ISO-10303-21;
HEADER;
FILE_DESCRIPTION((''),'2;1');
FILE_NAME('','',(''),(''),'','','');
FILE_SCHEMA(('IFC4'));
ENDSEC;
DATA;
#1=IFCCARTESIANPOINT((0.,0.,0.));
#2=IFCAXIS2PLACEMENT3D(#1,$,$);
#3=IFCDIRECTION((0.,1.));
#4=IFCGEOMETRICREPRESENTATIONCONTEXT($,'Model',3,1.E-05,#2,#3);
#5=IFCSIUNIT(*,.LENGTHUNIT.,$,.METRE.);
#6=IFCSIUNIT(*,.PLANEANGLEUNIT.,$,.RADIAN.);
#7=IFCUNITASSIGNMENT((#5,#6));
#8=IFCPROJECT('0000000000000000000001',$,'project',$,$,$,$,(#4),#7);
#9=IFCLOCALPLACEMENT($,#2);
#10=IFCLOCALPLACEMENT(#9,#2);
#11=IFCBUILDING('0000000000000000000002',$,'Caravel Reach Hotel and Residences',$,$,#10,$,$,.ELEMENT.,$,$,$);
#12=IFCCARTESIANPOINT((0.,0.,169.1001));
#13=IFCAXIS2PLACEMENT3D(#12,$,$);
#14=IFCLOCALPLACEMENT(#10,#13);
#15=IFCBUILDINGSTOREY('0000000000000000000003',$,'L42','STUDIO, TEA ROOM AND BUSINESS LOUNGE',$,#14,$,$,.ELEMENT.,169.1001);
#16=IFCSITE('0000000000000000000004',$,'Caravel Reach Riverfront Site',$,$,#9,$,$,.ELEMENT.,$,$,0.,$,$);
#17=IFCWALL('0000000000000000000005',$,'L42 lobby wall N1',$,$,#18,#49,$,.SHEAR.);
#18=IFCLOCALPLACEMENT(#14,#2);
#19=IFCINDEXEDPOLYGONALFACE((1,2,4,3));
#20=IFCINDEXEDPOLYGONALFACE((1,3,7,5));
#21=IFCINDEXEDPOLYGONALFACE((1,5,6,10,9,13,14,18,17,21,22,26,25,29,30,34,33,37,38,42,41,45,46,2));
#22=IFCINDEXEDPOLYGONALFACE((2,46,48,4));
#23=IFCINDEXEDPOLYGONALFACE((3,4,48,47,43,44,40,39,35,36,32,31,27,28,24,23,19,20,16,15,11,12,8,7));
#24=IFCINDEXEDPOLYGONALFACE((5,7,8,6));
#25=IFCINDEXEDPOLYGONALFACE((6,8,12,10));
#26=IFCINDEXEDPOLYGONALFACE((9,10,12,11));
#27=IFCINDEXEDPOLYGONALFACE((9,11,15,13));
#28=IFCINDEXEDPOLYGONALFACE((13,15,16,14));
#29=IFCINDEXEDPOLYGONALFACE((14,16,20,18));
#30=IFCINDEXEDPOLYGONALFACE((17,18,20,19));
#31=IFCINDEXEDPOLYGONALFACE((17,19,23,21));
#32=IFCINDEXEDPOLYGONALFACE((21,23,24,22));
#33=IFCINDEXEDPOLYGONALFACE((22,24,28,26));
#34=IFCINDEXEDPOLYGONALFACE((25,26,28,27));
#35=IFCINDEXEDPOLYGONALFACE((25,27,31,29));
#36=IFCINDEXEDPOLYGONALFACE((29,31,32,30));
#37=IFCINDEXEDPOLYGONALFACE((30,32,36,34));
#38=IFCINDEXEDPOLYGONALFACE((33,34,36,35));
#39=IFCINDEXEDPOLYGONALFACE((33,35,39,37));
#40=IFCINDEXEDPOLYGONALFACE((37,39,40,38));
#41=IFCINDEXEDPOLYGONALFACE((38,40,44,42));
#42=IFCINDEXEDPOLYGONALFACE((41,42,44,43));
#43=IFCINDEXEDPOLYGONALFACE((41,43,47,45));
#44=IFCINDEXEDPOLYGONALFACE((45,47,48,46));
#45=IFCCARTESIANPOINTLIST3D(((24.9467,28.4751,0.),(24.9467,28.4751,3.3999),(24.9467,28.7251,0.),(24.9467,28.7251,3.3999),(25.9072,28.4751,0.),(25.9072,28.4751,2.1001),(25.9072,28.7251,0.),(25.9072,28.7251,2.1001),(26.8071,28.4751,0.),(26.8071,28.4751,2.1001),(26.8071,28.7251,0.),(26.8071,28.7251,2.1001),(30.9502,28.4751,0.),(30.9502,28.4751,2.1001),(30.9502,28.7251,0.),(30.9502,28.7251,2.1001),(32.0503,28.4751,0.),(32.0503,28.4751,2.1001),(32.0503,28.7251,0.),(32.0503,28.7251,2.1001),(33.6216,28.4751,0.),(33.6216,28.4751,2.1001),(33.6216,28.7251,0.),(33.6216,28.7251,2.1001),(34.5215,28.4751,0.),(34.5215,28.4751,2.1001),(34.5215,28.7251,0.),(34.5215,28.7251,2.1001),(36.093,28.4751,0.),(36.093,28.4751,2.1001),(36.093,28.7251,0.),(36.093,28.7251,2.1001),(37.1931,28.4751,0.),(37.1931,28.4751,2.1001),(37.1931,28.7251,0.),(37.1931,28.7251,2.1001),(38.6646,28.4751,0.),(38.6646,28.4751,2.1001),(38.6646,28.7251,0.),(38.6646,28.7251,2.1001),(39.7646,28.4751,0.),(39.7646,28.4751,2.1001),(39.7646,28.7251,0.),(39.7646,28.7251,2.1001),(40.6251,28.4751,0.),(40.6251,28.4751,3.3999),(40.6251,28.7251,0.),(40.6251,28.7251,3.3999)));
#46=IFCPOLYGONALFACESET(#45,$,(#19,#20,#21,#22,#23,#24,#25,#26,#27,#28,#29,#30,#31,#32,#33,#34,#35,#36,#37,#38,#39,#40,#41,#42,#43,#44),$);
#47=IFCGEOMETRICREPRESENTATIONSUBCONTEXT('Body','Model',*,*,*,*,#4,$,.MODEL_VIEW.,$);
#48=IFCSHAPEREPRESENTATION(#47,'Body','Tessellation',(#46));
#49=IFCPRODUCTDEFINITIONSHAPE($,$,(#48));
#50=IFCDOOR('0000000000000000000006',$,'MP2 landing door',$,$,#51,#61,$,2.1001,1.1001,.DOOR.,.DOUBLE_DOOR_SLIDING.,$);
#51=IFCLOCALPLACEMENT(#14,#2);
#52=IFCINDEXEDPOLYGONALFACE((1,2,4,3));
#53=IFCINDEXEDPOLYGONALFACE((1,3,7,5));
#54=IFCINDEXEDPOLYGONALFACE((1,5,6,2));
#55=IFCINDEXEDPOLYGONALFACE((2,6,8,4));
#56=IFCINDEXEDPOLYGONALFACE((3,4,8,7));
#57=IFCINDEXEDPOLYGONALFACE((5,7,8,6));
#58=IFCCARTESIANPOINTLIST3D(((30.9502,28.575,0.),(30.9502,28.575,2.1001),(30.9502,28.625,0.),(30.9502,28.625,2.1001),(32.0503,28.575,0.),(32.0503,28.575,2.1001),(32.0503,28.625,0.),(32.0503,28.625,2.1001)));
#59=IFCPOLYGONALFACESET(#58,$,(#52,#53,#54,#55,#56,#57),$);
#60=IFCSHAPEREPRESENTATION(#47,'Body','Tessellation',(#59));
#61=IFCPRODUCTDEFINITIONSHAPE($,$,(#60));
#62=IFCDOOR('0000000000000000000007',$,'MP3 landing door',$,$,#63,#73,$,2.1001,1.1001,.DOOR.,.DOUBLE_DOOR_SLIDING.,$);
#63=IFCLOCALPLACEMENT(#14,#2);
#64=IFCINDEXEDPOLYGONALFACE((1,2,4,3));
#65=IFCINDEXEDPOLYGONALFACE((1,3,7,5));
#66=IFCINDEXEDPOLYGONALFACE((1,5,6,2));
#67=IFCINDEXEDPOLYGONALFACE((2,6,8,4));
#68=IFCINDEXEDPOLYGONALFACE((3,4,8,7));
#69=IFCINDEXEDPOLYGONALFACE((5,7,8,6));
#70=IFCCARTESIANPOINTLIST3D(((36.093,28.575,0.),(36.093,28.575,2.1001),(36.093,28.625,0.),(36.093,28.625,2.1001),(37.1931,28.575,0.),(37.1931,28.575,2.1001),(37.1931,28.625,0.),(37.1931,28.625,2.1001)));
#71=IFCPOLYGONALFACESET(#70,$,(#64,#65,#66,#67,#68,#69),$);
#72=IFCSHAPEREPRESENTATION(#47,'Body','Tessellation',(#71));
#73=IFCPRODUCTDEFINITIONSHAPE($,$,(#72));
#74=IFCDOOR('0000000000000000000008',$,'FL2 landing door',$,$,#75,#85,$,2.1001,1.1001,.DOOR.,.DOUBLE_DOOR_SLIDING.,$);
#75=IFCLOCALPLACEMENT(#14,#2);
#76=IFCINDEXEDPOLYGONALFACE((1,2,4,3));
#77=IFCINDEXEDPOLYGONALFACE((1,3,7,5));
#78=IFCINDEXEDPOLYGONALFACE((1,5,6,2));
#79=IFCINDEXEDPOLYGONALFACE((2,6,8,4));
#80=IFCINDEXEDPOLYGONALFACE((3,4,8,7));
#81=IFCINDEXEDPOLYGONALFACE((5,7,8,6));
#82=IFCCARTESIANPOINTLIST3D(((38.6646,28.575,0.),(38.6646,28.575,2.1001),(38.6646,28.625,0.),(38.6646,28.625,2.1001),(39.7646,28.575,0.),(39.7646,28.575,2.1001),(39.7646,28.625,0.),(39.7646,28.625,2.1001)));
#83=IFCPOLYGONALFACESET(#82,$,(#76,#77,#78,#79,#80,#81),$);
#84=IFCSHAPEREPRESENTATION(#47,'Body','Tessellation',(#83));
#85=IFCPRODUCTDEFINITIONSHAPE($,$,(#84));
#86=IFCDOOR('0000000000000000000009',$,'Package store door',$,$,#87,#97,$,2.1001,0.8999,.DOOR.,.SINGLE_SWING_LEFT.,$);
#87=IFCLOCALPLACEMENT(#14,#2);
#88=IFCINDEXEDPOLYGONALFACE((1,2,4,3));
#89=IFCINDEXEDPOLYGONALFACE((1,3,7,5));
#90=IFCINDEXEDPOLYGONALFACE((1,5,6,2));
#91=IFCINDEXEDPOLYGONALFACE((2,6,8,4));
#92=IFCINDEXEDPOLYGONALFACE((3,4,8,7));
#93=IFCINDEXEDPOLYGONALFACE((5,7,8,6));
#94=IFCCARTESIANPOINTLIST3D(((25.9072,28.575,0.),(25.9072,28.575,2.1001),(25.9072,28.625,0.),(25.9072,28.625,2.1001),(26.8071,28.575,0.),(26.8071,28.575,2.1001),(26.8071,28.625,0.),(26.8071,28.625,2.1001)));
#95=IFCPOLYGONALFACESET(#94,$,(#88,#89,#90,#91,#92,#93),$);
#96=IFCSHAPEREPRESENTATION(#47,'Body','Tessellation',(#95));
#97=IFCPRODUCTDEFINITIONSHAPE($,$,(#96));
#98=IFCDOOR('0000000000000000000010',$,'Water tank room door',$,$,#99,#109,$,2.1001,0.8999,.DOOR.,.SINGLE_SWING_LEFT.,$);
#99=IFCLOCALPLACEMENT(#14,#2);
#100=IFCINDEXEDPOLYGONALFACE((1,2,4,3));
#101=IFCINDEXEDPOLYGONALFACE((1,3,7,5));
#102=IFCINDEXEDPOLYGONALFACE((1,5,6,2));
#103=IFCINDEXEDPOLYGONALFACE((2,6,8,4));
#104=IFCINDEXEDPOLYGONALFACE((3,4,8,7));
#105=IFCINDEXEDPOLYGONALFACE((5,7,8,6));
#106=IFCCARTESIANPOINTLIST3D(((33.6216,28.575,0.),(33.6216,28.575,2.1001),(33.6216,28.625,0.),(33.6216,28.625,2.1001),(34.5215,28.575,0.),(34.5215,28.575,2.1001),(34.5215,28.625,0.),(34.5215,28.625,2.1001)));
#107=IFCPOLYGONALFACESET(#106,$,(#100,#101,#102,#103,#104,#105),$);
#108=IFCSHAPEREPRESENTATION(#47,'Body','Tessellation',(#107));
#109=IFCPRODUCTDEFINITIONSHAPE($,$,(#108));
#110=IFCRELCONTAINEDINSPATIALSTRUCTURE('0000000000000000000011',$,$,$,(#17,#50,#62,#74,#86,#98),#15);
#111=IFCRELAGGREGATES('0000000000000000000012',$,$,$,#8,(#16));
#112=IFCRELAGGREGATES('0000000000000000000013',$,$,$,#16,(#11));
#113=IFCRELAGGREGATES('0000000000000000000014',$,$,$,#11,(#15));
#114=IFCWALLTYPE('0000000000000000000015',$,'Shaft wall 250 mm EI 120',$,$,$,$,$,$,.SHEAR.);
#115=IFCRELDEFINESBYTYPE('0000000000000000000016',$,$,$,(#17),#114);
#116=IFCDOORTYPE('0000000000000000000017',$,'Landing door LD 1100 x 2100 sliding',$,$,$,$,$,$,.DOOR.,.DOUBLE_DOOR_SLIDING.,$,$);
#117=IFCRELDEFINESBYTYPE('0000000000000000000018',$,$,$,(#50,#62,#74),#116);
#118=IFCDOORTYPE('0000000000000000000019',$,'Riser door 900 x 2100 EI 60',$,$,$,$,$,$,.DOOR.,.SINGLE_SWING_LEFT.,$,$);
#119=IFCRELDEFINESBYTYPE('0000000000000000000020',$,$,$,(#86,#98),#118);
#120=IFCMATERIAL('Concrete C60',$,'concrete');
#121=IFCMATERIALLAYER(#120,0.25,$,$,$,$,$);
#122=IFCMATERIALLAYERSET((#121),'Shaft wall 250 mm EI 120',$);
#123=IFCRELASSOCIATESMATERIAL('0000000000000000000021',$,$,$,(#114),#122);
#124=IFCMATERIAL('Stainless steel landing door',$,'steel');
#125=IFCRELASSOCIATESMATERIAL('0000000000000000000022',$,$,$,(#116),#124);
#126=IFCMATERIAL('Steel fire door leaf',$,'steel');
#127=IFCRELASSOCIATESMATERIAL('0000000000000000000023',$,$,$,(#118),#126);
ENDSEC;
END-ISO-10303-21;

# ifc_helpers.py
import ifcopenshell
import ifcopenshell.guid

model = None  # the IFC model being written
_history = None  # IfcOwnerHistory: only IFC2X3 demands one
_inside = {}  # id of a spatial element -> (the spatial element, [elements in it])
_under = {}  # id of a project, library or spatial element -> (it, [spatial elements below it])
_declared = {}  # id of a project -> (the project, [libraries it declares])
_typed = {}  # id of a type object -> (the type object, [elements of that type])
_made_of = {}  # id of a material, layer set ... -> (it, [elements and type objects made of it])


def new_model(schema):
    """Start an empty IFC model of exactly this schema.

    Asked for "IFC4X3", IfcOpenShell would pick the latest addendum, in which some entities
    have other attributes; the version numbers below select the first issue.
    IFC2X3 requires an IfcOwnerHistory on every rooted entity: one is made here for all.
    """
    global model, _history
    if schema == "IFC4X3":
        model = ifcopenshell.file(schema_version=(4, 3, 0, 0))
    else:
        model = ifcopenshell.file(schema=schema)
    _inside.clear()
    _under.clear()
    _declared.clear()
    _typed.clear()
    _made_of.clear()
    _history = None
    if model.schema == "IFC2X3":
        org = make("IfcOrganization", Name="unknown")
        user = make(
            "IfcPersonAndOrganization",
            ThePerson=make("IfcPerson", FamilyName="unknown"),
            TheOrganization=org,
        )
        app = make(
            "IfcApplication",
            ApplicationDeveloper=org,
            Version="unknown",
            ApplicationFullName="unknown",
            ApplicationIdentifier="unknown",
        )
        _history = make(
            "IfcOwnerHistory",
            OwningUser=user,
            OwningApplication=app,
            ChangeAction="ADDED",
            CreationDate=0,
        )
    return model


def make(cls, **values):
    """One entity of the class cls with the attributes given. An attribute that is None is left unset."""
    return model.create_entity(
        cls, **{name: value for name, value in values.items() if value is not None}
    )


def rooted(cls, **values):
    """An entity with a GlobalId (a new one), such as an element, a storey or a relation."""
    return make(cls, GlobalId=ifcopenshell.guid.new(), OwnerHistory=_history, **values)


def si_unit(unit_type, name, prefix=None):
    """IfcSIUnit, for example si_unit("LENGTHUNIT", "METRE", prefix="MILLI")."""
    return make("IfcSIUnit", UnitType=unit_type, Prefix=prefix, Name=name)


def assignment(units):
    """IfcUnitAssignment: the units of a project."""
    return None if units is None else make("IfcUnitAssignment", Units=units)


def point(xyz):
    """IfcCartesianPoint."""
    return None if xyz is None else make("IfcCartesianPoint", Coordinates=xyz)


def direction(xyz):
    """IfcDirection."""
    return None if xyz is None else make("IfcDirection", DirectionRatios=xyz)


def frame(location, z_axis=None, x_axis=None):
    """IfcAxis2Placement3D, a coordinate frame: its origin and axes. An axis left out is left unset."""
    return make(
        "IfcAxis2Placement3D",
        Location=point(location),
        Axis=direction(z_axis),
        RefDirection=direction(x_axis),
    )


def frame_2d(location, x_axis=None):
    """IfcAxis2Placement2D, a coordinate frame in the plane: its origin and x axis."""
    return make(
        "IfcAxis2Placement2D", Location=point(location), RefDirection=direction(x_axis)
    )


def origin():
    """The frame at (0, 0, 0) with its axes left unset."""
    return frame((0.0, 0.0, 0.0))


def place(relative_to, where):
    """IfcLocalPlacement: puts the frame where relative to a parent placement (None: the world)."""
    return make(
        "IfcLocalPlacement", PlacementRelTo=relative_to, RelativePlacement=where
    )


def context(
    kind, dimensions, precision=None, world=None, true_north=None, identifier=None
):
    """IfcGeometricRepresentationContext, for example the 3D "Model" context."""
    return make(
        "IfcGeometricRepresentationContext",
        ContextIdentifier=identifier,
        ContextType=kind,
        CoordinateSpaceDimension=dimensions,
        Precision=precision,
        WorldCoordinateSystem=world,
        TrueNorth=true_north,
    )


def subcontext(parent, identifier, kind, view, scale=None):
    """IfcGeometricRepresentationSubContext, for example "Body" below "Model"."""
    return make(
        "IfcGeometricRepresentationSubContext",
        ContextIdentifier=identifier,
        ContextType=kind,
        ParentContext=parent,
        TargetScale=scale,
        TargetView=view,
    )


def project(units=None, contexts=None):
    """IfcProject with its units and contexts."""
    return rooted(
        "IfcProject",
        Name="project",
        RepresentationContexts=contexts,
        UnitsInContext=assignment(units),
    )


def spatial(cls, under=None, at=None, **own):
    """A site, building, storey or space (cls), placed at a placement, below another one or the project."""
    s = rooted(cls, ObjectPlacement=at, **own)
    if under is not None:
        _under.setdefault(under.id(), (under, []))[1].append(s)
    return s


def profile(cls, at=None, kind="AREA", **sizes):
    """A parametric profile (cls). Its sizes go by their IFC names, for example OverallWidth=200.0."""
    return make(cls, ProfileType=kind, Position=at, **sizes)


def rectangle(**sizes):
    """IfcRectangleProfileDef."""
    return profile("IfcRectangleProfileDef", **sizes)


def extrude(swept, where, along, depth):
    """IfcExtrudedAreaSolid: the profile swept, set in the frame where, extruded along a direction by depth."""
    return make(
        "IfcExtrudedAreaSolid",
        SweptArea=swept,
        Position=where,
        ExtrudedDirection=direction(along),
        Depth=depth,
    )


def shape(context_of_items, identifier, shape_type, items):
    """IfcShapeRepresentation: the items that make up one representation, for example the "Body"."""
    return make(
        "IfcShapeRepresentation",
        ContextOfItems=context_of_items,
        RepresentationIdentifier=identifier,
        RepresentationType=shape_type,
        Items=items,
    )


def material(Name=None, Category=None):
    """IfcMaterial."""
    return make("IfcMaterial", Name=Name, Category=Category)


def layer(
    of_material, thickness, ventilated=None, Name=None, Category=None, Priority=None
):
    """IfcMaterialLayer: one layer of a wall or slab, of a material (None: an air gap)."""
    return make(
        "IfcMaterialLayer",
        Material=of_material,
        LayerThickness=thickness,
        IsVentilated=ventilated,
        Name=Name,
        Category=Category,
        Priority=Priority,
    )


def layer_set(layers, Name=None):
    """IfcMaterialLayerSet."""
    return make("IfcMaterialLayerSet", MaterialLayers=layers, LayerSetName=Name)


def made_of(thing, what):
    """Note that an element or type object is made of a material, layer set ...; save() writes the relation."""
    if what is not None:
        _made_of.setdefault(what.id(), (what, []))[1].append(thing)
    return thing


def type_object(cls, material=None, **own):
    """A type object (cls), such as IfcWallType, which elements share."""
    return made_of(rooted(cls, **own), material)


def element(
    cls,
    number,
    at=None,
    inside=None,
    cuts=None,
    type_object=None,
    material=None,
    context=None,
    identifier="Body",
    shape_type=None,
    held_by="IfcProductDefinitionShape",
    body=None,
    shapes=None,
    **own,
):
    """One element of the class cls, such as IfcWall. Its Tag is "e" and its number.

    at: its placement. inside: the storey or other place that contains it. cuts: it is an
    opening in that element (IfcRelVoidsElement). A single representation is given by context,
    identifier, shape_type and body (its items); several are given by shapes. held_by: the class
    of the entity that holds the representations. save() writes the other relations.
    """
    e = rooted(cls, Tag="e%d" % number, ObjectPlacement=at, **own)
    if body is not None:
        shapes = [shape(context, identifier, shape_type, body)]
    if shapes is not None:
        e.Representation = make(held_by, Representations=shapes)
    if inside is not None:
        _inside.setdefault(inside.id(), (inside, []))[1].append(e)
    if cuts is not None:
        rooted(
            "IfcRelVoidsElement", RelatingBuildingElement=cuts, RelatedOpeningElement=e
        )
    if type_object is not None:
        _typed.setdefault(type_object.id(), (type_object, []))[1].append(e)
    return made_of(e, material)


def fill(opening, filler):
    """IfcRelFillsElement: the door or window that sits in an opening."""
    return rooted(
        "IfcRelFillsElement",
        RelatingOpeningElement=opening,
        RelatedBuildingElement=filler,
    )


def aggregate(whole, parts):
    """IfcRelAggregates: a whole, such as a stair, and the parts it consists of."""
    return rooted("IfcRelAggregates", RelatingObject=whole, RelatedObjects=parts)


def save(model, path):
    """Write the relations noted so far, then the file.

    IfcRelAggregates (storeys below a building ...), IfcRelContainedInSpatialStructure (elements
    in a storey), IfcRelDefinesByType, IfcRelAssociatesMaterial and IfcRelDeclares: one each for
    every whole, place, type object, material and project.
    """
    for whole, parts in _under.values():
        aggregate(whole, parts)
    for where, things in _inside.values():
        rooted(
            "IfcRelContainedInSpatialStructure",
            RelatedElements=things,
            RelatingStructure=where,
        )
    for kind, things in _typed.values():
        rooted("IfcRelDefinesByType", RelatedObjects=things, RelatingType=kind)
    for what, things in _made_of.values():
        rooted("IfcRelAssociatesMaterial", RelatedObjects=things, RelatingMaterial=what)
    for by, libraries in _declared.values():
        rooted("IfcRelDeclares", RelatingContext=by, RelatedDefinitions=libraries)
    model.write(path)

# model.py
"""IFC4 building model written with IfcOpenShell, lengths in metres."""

from ifc_helpers import new_model, si_unit, direction, frame, frame_2d, origin, place, context, subcontext, project, spatial, rectangle, extrude, material, layer, layer_set, type_object, element, fill, save


model = new_model("IFC4")

# Units and contexts
model_context = context("Model", 3, precision=1e-05, world=origin(), true_north=direction((0.0, 1.0)))
body_context = subcontext(model_context, "Body", "Model", "MODEL_VIEW")
ifc_project = project(units=[si_unit("LENGTHUNIT", "METRE"), si_unit("PLANEANGLEUNIT", "RADIAN")], contexts=[model_context])

# Site, building, storey
site_placement = place(None, origin())
site = spatial("IfcSite", under=ifc_project, at=site_placement, Name="Caravel Reach Riverfront Site", CompositionType="ELEMENT", RefElevation=0.0)
building_placement = place(site_placement, origin())
building = spatial("IfcBuilding", under=site, at=building_placement, Name="Caravel Reach Hotel and Residences", CompositionType="ELEMENT")
storey_placement = place(building_placement, frame((0.0, 0.0, 169.1001)))
storey = spatial("IfcBuildingStorey", under=building, at=storey_placement, Name="L42", Description="STUDIO, TEA ROOM AND BUSINESS LOUNGE", CompositionType="ELEMENT", Elevation=169.1001)

# Wall, openings, doors
ifc_material_1 = material(Name="Concrete C60", Category="concrete")
ifc_layer_1 = layer(ifc_material_1, 0.25)
ifc_layer_set_1 = layer_set([ifc_layer_1], Name="Shaft wall 250 mm EI 120")
wall_type_1 = type_object("IfcWallType", Name="Shaft wall 250 mm EI 120", PredefinedType="SHEAR", material=ifc_layer_set_1)
ifc_material_2 = material(Name="Stainless steel landing door", Category="steel")
door_type_1 = type_object("IfcDoorType", Name="Landing door LD 1100 x 2100 sliding", OperationType="DOUBLE_DOOR_SLIDING", PredefinedType="DOOR", material=ifc_material_2)
ifc_material_3 = material(Name="Steel fire door leaf", Category="steel")
door_type_2 = type_object("IfcDoorType", Name="Riser door 900 x 2100 EI 60", OperationType="SINGLE_SWING_LEFT", PredefinedType="DOOR", material=ifc_material_3)
wall_1_placement = place(storey_placement, frame((24.9465, 28.6001, 0.0), z_axis=(0.0, 0.0, 1.0), x_axis=(1.0, 0.0, 0.0)))
wall_1 = element("IfcWall", 1, at=wall_1_placement, inside=storey, type_object=wall_type_1, Name="L42 lobby wall N1", PredefinedType="SHEAR", context=body_context, shape_type="SweptSolid", body=[
    extrude(rectangle(XDim=15.6785, YDim=0.25, at=frame_2d((7.8394, 0.0))), origin(), (0.0, 0.0, 1.0), 3.3999),
])
opening_1_placement = place(wall_1_placement, frame((6.0037, 0.0, 0.0)))
opening_1 = element("IfcOpeningElement", 2, at=opening_1_placement, cuts=wall_1, PredefinedType="OPENING", context=body_context, shape_type="SweptSolid", body=[
    extrude(rectangle(XDim=1.1001, YDim=2.1001, at=frame_2d((0.55, 1.05))), frame((0.0, 0.135, 0.0), z_axis=(0.0, -1.0, 0.0), x_axis=(1.0, 0.0, 0.0)), (0.0, 0.0, 1.0), 0.27),
])
opening_2_placement = place(wall_1_placement, frame((11.1465, 0.0, 0.0)))
opening_2 = element("IfcOpeningElement", 3, at=opening_2_placement, cuts=wall_1, PredefinedType="OPENING", context=body_context, shape_type="SweptSolid", body=[
    extrude(rectangle(XDim=1.1001, YDim=2.1001, at=frame_2d((0.55, 1.05))), frame((0.0, 0.135, 0.0), z_axis=(0.0, -1.0, 0.0), x_axis=(1.0, 0.0, 0.0)), (0.0, 0.0, 1.0), 0.27),
])
opening_3_placement = place(wall_1_placement, frame((13.718, 0.0, 0.0)))
opening_3 = element("IfcOpeningElement", 4, at=opening_3_placement, cuts=wall_1, PredefinedType="OPENING", context=body_context, shape_type="SweptSolid", body=[
    extrude(rectangle(XDim=1.1001, YDim=2.1001, at=frame_2d((0.55, 1.05))), frame((0.0, 0.135, 0.0), z_axis=(0.0, -1.0, 0.0), x_axis=(1.0, 0.0, 0.0)), (0.0, 0.0, 1.0), 0.27),
])
opening_4_placement = place(wall_1_placement, frame((0.9607, 0.0, 0.0)))
opening_4 = element("IfcOpeningElement", 5, at=opening_4_placement, cuts=wall_1, PredefinedType="OPENING", context=body_context, shape_type="SweptSolid", body=[
    extrude(rectangle(XDim=0.8999, YDim=2.1001, at=frame_2d((0.45, 1.05))), frame((0.0, 0.135, 0.0), z_axis=(0.0, -1.0, 0.0), x_axis=(1.0, 0.0, 0.0)), (0.0, 0.0, 1.0), 0.27),
])
opening_5_placement = place(wall_1_placement, frame((8.675, 0.0, 0.0)))
opening_5 = element("IfcOpeningElement", 6, at=opening_5_placement, cuts=wall_1, PredefinedType="OPENING", context=body_context, shape_type="SweptSolid", body=[
    extrude(rectangle(XDim=0.8999, YDim=2.1001, at=frame_2d((0.45, 1.05))), frame((0.0, 0.135, 0.0), z_axis=(0.0, -1.0, 0.0), x_axis=(1.0, 0.0, 0.0)), (0.0, 0.0, 1.0), 0.27),
])
door_1_placement = place(opening_1_placement, origin())
door_1 = element("IfcDoor", 7, at=door_1_placement, inside=storey, type_object=door_type_1, Name="MP2 landing door", OperationType="DOUBLE_DOOR_SLIDING", OverallHeight=2.1001, OverallWidth=1.1001, PredefinedType="DOOR", context=body_context, shape_type="SweptSolid", body=[
    extrude(rectangle(XDim=1.1001, YDim=2.1001, at=frame_2d((0.55, 1.05))), frame((0.0, 0.0249, 0.0), z_axis=(0.0, -1.0, 0.0), x_axis=(1.0, 0.0, 0.0)), (0.0, 0.0, 1.0), 0.05),
])
fill(opening_1, door_1)
door_2_placement = place(opening_2_placement, origin())
door_2 = element("IfcDoor", 8, at=door_2_placement, inside=storey, type_object=door_type_1, Name="MP3 landing door", OperationType="DOUBLE_DOOR_SLIDING", OverallHeight=2.1001, OverallWidth=1.1001, PredefinedType="DOOR", context=body_context, shape_type="SweptSolid", body=[
    extrude(rectangle(XDim=1.1001, YDim=2.1001, at=frame_2d((0.55, 1.05))), frame((0.0, 0.0249, 0.0), z_axis=(0.0, -1.0, 0.0), x_axis=(1.0, 0.0, 0.0)), (0.0, 0.0, 1.0), 0.05),
])
fill(opening_2, door_2)
door_3_placement = place(opening_3_placement, origin())
door_3 = element("IfcDoor", 9, at=door_3_placement, inside=storey, type_object=door_type_1, Name="FL2 landing door", OperationType="DOUBLE_DOOR_SLIDING", OverallHeight=2.1001, OverallWidth=1.1001, PredefinedType="DOOR", context=body_context, shape_type="SweptSolid", body=[
    extrude(rectangle(XDim=1.1001, YDim=2.1001, at=frame_2d((0.55, 1.05))), frame((0.0, 0.0249, 0.0), z_axis=(0.0, -1.0, 0.0), x_axis=(1.0, 0.0, 0.0)), (0.0, 0.0, 1.0), 0.05),
])
fill(opening_3, door_3)
door_4_placement = place(opening_4_placement, origin())
door_4 = element("IfcDoor", 10, at=door_4_placement, inside=storey, type_object=door_type_2, Name="Package store door", OperationType="SINGLE_SWING_LEFT", OverallHeight=2.1001, OverallWidth=0.8999, PredefinedType="DOOR", context=body_context, shape_type="SweptSolid", body=[
    extrude(rectangle(XDim=0.8999, YDim=2.1001, at=frame_2d((0.45, 1.05))), frame((0.0, 0.0249, 0.0), z_axis=(0.0, -1.0, 0.0), x_axis=(1.0, 0.0, 0.0)), (0.0, 0.0, 1.0), 0.05),
])
fill(opening_4, door_4)
door_5_placement = place(opening_5_placement, origin())
door_5 = element("IfcDoor", 11, at=door_5_placement, inside=storey, type_object=door_type_2, Name="Water tank room door", OperationType="SINGLE_SWING_LEFT", OverallHeight=2.1001, OverallWidth=0.8999, PredefinedType="DOOR", context=body_context, shape_type="SweptSolid", body=[
    extrude(rectangle(XDim=0.8999, YDim=2.1001, at=frame_2d((0.45, 1.05))), frame((0.0, 0.0249, 0.0), z_axis=(0.0, -1.0, 0.0), x_axis=(1.0, 0.0, 0.0)), (0.0, 0.0, 1.0), 0.05),
])
fill(opening_5, door_5)

save(model, "model.ifc")
